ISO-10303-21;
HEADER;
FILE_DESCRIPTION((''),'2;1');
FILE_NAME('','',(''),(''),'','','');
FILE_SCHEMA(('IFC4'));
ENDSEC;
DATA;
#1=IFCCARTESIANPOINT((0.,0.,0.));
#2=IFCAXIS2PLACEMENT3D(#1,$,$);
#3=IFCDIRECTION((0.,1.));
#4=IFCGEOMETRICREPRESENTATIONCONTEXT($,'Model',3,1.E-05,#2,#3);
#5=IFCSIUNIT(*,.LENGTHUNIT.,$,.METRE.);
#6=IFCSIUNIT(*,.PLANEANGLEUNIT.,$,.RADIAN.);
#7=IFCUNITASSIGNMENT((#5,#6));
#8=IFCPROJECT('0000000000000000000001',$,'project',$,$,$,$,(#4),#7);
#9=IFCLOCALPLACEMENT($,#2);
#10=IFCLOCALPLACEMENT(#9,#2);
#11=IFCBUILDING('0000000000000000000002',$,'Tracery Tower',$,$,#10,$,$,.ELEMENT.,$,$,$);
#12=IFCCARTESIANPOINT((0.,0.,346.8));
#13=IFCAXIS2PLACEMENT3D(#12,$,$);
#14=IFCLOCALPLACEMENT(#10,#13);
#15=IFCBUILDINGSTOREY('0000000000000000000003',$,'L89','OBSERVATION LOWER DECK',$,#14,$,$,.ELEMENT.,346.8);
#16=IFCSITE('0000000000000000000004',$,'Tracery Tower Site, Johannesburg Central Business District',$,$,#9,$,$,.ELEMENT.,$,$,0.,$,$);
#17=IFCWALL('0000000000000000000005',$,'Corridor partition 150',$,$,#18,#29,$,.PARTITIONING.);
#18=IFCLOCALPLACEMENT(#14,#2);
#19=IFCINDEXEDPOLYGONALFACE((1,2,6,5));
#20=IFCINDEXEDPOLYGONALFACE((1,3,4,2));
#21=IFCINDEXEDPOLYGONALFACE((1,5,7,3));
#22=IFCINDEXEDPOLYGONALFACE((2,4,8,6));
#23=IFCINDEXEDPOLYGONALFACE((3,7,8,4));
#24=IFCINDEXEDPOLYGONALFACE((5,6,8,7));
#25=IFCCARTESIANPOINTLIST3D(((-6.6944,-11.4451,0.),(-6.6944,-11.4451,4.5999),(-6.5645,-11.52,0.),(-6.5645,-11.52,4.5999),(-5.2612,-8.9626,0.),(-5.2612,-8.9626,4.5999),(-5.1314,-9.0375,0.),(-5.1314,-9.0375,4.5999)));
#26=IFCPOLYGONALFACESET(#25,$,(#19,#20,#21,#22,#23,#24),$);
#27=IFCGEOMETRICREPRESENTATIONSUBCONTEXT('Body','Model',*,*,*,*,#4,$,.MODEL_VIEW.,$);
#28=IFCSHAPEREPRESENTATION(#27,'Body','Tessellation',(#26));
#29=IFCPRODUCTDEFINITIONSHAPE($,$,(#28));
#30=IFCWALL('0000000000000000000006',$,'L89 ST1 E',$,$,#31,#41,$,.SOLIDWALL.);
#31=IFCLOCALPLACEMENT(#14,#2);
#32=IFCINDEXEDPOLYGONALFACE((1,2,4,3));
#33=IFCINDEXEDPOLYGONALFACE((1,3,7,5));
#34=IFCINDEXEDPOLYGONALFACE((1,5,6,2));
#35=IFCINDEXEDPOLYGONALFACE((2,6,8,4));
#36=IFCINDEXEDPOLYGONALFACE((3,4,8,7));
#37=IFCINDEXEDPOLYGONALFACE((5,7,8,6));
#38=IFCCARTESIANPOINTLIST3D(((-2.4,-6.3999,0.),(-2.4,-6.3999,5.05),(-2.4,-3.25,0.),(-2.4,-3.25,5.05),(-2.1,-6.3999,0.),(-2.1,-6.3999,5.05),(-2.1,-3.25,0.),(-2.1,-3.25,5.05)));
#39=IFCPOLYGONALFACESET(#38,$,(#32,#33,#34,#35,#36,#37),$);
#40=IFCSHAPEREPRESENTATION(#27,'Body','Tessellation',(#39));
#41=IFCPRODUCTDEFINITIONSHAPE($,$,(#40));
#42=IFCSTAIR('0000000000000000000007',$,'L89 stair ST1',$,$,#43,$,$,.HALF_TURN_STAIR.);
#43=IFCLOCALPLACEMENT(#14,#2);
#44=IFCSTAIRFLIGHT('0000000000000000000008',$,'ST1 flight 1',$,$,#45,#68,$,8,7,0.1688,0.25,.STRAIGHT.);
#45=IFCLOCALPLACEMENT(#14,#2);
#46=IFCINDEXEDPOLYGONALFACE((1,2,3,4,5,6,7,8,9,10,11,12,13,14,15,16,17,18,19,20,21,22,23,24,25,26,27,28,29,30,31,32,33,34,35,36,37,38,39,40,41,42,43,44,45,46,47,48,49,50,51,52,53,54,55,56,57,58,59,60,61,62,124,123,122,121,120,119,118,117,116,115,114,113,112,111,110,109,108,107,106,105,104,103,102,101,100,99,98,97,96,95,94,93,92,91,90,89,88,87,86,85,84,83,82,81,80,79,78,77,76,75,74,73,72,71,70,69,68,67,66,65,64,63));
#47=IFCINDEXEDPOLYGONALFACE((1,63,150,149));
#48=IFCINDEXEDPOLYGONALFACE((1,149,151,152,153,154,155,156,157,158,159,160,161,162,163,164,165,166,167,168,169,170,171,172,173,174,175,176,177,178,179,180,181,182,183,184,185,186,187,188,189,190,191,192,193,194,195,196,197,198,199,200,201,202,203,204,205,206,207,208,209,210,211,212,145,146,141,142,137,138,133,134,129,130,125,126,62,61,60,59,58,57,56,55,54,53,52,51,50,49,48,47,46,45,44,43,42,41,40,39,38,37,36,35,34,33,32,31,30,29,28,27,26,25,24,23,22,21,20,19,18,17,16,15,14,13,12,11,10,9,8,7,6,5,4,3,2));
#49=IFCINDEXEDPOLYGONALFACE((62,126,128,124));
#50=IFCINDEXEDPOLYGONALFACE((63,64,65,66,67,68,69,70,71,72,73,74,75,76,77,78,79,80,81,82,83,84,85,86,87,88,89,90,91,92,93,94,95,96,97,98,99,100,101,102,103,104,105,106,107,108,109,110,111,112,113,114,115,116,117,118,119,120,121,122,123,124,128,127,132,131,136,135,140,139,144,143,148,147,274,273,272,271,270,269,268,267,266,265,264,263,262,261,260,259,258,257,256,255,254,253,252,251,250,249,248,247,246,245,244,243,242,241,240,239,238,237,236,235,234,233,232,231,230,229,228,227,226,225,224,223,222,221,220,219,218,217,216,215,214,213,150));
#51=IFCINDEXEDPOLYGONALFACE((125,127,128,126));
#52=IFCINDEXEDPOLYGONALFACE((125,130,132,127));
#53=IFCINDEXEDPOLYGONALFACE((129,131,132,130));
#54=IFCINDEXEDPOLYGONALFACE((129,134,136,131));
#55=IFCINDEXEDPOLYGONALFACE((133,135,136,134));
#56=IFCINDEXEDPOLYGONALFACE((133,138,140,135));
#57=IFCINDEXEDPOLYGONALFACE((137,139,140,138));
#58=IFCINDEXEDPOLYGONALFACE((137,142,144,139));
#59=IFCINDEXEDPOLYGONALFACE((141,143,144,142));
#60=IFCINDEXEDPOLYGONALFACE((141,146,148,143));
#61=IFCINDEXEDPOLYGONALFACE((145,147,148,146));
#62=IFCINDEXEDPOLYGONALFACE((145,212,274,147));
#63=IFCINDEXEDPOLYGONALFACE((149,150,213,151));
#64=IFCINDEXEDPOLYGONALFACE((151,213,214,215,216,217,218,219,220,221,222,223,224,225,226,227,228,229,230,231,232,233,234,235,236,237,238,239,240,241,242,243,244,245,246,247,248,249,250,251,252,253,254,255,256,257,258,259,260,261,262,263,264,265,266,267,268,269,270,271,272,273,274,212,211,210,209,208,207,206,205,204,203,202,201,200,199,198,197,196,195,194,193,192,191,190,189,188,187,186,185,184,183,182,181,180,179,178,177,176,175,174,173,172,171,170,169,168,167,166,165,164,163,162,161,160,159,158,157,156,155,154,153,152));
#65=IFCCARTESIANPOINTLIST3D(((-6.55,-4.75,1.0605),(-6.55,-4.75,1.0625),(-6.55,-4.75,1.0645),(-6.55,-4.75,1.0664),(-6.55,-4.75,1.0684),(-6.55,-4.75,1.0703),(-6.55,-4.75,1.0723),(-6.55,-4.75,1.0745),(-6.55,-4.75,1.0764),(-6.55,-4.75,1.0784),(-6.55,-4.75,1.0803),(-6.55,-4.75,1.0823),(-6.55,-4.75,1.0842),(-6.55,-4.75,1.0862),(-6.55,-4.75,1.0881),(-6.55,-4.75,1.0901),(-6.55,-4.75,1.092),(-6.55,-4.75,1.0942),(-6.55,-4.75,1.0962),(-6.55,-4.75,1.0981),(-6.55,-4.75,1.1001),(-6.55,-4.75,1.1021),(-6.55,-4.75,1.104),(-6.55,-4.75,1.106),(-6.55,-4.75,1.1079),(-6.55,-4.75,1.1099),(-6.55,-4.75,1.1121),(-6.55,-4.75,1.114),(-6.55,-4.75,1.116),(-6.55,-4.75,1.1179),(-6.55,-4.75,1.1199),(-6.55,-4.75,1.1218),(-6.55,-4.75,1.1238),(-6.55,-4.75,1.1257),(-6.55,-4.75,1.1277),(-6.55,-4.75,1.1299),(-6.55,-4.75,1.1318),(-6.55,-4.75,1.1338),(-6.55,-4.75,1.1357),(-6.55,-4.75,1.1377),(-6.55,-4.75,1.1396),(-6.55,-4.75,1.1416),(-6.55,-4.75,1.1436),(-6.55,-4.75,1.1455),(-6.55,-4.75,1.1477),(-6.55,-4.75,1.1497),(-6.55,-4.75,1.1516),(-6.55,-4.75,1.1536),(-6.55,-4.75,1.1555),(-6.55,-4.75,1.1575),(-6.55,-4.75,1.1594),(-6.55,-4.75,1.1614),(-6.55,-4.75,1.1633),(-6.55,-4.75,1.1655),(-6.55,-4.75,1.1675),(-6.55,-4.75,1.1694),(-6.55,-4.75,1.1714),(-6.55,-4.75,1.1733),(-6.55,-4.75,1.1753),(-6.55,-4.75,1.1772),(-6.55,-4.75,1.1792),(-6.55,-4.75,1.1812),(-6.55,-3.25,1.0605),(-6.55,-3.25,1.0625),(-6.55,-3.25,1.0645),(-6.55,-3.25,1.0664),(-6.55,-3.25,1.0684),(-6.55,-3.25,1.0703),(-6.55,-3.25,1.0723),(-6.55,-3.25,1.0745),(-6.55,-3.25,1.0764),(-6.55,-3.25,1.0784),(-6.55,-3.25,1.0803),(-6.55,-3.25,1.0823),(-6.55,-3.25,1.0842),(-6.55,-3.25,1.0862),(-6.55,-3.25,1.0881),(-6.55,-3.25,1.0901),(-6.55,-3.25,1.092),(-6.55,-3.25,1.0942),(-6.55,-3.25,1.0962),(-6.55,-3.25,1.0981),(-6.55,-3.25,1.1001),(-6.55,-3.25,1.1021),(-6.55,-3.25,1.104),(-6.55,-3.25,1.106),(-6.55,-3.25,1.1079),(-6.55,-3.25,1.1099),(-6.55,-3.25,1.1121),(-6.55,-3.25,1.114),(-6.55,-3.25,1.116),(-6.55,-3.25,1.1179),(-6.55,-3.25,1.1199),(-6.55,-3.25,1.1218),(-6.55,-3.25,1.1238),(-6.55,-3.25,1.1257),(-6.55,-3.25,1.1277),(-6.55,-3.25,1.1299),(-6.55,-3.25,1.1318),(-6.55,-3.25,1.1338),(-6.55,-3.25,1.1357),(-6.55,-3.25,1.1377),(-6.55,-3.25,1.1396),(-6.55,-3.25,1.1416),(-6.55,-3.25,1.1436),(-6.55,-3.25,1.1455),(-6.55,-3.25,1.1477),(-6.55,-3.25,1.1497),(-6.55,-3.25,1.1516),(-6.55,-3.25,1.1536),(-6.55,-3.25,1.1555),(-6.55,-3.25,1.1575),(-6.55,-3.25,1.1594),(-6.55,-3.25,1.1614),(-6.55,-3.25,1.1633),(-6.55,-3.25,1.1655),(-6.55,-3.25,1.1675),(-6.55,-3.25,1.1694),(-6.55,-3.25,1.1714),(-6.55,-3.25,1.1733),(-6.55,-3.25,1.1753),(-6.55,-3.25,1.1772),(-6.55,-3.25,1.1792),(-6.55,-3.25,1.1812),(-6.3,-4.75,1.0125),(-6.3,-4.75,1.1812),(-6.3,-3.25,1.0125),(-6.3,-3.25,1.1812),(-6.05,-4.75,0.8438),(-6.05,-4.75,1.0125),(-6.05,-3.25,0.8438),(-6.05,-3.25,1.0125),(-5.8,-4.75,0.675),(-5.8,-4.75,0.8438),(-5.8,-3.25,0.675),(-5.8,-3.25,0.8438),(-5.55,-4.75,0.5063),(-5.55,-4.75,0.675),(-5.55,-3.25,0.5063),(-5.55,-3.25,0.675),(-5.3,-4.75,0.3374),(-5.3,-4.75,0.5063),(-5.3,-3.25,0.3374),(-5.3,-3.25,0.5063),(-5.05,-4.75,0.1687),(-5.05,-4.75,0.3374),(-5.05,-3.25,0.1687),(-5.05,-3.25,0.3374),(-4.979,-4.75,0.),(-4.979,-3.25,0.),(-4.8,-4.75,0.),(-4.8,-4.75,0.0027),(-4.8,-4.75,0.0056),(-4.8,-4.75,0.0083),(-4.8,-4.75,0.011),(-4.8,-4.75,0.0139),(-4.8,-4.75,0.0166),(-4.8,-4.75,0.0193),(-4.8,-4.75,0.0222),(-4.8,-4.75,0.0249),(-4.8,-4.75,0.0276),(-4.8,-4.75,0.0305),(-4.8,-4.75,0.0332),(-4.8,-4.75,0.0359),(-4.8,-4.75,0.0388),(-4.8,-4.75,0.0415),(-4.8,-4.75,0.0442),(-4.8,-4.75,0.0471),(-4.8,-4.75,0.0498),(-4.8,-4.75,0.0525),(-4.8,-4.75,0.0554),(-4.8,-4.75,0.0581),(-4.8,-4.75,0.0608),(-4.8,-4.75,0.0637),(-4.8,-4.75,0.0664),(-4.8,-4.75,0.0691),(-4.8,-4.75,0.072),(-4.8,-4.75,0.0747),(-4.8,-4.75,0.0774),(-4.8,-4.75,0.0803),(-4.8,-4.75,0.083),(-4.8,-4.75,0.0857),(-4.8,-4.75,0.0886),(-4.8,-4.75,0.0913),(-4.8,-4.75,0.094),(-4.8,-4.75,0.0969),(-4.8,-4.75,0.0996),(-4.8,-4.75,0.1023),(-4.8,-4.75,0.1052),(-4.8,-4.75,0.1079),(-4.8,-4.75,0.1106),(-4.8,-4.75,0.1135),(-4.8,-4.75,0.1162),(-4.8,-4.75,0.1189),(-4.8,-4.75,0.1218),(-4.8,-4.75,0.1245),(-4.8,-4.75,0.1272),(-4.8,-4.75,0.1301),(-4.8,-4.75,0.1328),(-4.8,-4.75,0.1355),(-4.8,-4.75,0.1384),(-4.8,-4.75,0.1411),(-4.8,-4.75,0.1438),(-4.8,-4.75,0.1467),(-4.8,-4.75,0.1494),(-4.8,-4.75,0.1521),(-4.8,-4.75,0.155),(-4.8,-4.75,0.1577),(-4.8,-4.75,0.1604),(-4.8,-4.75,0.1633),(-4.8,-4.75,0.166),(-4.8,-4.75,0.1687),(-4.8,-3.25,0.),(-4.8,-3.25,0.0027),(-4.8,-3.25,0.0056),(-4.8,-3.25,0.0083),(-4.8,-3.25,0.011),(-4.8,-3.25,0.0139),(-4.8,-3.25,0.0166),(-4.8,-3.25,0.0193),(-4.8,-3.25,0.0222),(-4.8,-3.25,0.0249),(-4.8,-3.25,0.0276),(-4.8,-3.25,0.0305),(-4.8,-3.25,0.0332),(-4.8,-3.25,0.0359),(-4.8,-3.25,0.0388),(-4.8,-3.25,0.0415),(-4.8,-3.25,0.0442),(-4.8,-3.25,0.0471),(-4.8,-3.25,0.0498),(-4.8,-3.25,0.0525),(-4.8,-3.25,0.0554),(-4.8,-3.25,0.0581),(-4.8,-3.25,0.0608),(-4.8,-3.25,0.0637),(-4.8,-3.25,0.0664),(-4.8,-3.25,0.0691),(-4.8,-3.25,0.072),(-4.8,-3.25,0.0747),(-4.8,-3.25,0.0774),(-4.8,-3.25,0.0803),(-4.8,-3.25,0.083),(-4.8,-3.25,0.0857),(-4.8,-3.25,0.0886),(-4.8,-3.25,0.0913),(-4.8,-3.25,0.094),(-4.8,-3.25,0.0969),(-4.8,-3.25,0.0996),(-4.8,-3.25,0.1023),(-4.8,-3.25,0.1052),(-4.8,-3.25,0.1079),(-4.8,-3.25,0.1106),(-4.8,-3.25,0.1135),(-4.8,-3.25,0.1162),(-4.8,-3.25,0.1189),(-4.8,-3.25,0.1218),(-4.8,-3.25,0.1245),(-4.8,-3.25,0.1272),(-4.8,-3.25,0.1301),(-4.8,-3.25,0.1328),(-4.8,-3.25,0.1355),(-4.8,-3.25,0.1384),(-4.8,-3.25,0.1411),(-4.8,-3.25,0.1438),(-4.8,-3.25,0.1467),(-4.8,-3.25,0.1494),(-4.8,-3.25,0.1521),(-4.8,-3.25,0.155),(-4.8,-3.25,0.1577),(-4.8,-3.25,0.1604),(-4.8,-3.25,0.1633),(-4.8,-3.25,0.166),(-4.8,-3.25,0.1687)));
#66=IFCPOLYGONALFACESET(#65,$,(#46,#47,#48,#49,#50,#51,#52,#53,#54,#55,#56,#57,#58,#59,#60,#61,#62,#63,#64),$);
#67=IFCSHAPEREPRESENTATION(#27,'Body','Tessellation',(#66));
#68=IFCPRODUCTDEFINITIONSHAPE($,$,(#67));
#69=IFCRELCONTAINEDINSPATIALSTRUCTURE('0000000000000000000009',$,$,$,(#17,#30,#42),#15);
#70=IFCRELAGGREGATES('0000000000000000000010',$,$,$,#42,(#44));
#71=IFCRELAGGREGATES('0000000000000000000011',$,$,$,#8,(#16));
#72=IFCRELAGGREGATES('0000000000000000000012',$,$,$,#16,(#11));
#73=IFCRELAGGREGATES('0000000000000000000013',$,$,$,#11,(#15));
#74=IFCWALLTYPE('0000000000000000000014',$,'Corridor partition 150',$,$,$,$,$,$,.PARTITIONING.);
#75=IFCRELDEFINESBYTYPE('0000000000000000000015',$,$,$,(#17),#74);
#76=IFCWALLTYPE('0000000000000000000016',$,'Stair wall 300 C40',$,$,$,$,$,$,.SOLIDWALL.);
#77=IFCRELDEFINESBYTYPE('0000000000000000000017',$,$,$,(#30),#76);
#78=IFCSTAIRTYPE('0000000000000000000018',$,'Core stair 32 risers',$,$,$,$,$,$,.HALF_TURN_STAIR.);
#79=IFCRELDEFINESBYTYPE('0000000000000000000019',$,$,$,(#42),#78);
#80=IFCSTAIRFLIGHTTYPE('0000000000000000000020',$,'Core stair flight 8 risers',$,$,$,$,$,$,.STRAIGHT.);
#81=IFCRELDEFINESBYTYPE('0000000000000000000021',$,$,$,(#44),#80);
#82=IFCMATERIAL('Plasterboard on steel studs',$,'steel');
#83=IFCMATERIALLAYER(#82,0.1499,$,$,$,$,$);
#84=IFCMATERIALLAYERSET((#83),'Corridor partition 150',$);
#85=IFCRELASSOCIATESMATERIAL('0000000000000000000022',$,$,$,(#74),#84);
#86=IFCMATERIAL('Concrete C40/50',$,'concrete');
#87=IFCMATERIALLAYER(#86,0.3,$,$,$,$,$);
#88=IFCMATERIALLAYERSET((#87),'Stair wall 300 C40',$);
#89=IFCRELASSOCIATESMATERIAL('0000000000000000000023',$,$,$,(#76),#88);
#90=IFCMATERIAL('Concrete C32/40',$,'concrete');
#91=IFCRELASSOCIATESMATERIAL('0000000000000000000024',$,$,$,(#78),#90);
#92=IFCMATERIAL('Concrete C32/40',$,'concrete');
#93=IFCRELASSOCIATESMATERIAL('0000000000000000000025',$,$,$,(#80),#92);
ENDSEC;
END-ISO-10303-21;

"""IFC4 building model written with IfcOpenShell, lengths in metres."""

from ifc_helpers import new_model, si_unit, direction, frame, frame_2d, origin, place, context, subcontext, project, spatial, polyline, rectangle, outline, extrude, material, layer, layer_set, type_object, element, aggregate, save


model = new_model("IFC4")

# Units and contexts
model_context = context("Model", 3, precision=1e-05, world=origin(), true_north=direction((0.0, 1.0)))
body_context = subcontext(model_context, "Body", "Model", "MODEL_VIEW")
ifc_project = project(units=[si_unit("LENGTHUNIT", "METRE"), si_unit("PLANEANGLEUNIT", "RADIAN")], contexts=[model_context])

# Site, building, storey
site_placement = place(None, origin())
site = spatial("IfcSite", under=ifc_project, at=site_placement, Name="Tracery Tower Site, Johannesburg Central Business District", CompositionType="ELEMENT", RefElevation=0.0)
building_placement = place(site_placement, origin())
building = spatial("IfcBuilding", under=site, at=building_placement, Name="Tracery Tower", CompositionType="ELEMENT")
storey_placement = place(building_placement, frame((0.0, 0.0, 346.8)))
storey = spatial("IfcBuildingStorey", under=building, at=storey_placement, Name="L89", Description="OBSERVATION LOWER DECK", CompositionType="ELEMENT", Elevation=346.8)

# Shared definitions
ifc_material_1 = material(Name="Plasterboard on steel studs", Category="steel")
ifc_layer_1 = layer(ifc_material_1, 0.1499)
ifc_layer_set_1 = layer_set([ifc_layer_1], Name="Corridor partition 150")
wall_type_1 = type_object("IfcWallType", Name="Corridor partition 150", PredefinedType="PARTITIONING", material=ifc_layer_set_1)

# Wall
wall_1_placement = place(storey_placement, frame((-6.6294, -11.4824, 0.0), z_axis=(0.0, 0.0, 1.0), x_axis=(0.499968, 0.866044, 0.0)))
element("IfcWall", 1, at=wall_1_placement, inside=storey, type_object=wall_type_1, Name="Corridor partition 150", PredefinedType="PARTITIONING", context=body_context, shape_type="SweptSolid", body=[
    extrude(rectangle(XDim=2.8665, YDim=0.1499, at=frame_2d((1.4331, 0.0))), origin(), (0.0, 0.0, 1.0), 4.5999),
])

# Shared definitions
ifc_material_2 = material(Name="Concrete C40/50", Category="concrete")
ifc_layer_2 = layer(ifc_material_2, 0.3)
ifc_layer_set_2 = layer_set([ifc_layer_2], Name="Stair wall 300 C40")
wall_type_2 = type_object("IfcWallType", Name="Stair wall 300 C40", PredefinedType="SOLIDWALL", material=ifc_layer_set_2)

# Wall
wall_2_placement = place(storey_placement, frame((-2.25, -6.3999, 0.0), z_axis=(0.0, 0.0, 1.0), x_axis=(0.0, 1.0, 0.0)))
element("IfcWall", 2, at=wall_2_placement, inside=storey, type_object=wall_type_2, Name="L89 ST1 E", PredefinedType="SOLIDWALL", context=body_context, shape_type="SweptSolid", body=[
    extrude(rectangle(XDim=3.1499, YDim=0.3, at=frame_2d((1.575, 0.0))), origin(), (0.0, 0.0, 1.0), 5.05),
])

# Stair, stair flight
ifc_material_3 = material(Name="Concrete C32/40", Category="concrete")
stair_type = type_object("IfcStairType", Name="Core stair 32 risers", PredefinedType="HALF_TURN_STAIR", material=ifc_material_3)
stair_placement = place(storey_placement, origin())
stair = element("IfcStair", 3, at=stair_placement, inside=storey, type_object=stair_type, Name="L89 stair ST1", PredefinedType="HALF_TURN_STAIR")
ifc_material_4 = material(Name="Concrete C32/40", Category="concrete")
stair_flight_type = type_object("IfcStairFlightType", Name="Core stair flight 8 risers", PredefinedType="STRAIGHT", material=ifc_material_4)
stair_flight_1_placement = place(storey_placement, frame((-4.8, -4.0, 0.0), z_axis=(0.0, 0.0, 1.0), x_axis=(-1.0, 0.0, 0.0)))
stair_flight_1 = element("IfcStairFlight", 4, at=stair_flight_1_placement, type_object=stair_flight_type, Name="ST1 flight 1", NumberOfRisers=8, NumberOfTreads=7, PredefinedType="STRAIGHT", RiserHeight=0.1688, TreadLength=0.25, context=body_context, shape_type="SweptSolid", body=[
    extrude(outline(polyline([(0.0, 0.0), (0.0, 0.0027), (0.0, 0.0056), (0.0, 0.0083), (0.0, 0.011), (0.0, 0.0139), (0.0, 0.0166), (0.0, 0.0193), (0.0, 0.0222), (0.0, 0.0249), (0.0, 0.0276), (0.0, 0.0305), (0.0, 0.0332), (0.0, 0.0359), (0.0, 0.0388), (0.0, 0.0415), (0.0, 0.0442), (0.0, 0.0471), (0.0, 0.0498), (0.0, 0.0525), (0.0, 0.0554), (0.0, 0.0581), (0.0, 0.0608), (0.0, 0.0637), (0.0, 0.0664), (0.0, 0.0691), (0.0, 0.072), (0.0, 0.0747), (0.0, 0.0774), (0.0, 0.0803), (0.0, 0.083), (0.0, 0.0857), (0.0, 0.0886), (0.0, 0.0913), (0.0, 0.094), (0.0, 0.0969), (0.0, 0.0996), (0.0, 0.1023), (0.0, 0.1052), (0.0, 0.1079), (0.0, 0.1106), (0.0, 0.1135), (0.0, 0.1162), (0.0, 0.1189), (0.0, 0.1218), (0.0, 0.1245), (0.0, 0.1272), (0.0, 0.1301), (0.0, 0.1328), (0.0, 0.1355), (0.0, 0.1384), (0.0, 0.1411), (0.0, 0.1438), (0.0, 0.1467), (0.0, 0.1494), (0.0, 0.1521), (0.0, 0.155), (0.0, 0.1577), (0.0, 0.1604), (0.0, 0.1633), (0.0, 0.166), (0.0, 0.1687), (0.25, 0.1687), (0.25, 0.3374), (0.5, 0.3374), (0.5, 0.5063), (0.75, 0.5063), (0.75, 0.675), (1.0, 0.675), (1.0, 0.8438), (1.25, 0.8438), (1.25, 1.0125), (1.5, 1.0125), (1.5, 1.1812), (1.75, 1.1812), (1.75, 1.1792), (1.75, 1.1772), (1.75, 1.1753), (1.75, 1.1733), (1.75, 1.1714), (1.75, 1.1694), (1.75, 1.1675), (1.75, 1.1655), (1.75, 1.1633), (1.75, 1.1614), (1.75, 1.1594), (1.75, 1.1575), (1.75, 1.1555), (1.75, 1.1536), (1.75, 1.1516), (1.75, 1.1497), (1.75, 1.1477), (1.75, 1.1455), (1.75, 1.1436), (1.75, 1.1416), (1.75, 1.1396), (1.75, 1.1377), (1.75, 1.1357), (1.75, 1.1338), (1.75, 1.1318), (1.75, 1.1299), (1.75, 1.1277), (1.75, 1.1257), (1.75, 1.1238), (1.75, 1.1218), (1.75, 1.1199), (1.75, 1.1179), (1.75, 1.116), (1.75, 1.114), (1.75, 1.1121), (1.75, 1.1099), (1.75, 1.1079), (1.75, 1.106), (1.75, 1.104), (1.75, 1.1021), (1.75, 1.1001), (1.75, 1.0981), (1.75, 1.0962), (1.75, 1.0942), (1.75, 1.092), (1.75, 1.0901), (1.75, 1.0881), (1.75, 1.0862), (1.75, 1.0842), (1.75, 1.0823), (1.75, 1.0803), (1.75, 1.0784), (1.75, 1.0764), (1.75, 1.0745), (1.75, 1.0723), (1.75, 1.0703), (1.75, 1.0684), (1.75, 1.0664), (1.75, 1.0645), (1.75, 1.0625), (1.75, 1.0605), (0.179, 0.0), (0.0, 0.0)])), frame((0.0, 0.75, 0.0), z_axis=(0.0, -1.0, 0.0), x_axis=(1.0, 0.0, 0.0)), (0.0, 0.0, 1.0), 1.5),
])
aggregate(stair, [stair_flight_1])

save(model, "model.ifc")
